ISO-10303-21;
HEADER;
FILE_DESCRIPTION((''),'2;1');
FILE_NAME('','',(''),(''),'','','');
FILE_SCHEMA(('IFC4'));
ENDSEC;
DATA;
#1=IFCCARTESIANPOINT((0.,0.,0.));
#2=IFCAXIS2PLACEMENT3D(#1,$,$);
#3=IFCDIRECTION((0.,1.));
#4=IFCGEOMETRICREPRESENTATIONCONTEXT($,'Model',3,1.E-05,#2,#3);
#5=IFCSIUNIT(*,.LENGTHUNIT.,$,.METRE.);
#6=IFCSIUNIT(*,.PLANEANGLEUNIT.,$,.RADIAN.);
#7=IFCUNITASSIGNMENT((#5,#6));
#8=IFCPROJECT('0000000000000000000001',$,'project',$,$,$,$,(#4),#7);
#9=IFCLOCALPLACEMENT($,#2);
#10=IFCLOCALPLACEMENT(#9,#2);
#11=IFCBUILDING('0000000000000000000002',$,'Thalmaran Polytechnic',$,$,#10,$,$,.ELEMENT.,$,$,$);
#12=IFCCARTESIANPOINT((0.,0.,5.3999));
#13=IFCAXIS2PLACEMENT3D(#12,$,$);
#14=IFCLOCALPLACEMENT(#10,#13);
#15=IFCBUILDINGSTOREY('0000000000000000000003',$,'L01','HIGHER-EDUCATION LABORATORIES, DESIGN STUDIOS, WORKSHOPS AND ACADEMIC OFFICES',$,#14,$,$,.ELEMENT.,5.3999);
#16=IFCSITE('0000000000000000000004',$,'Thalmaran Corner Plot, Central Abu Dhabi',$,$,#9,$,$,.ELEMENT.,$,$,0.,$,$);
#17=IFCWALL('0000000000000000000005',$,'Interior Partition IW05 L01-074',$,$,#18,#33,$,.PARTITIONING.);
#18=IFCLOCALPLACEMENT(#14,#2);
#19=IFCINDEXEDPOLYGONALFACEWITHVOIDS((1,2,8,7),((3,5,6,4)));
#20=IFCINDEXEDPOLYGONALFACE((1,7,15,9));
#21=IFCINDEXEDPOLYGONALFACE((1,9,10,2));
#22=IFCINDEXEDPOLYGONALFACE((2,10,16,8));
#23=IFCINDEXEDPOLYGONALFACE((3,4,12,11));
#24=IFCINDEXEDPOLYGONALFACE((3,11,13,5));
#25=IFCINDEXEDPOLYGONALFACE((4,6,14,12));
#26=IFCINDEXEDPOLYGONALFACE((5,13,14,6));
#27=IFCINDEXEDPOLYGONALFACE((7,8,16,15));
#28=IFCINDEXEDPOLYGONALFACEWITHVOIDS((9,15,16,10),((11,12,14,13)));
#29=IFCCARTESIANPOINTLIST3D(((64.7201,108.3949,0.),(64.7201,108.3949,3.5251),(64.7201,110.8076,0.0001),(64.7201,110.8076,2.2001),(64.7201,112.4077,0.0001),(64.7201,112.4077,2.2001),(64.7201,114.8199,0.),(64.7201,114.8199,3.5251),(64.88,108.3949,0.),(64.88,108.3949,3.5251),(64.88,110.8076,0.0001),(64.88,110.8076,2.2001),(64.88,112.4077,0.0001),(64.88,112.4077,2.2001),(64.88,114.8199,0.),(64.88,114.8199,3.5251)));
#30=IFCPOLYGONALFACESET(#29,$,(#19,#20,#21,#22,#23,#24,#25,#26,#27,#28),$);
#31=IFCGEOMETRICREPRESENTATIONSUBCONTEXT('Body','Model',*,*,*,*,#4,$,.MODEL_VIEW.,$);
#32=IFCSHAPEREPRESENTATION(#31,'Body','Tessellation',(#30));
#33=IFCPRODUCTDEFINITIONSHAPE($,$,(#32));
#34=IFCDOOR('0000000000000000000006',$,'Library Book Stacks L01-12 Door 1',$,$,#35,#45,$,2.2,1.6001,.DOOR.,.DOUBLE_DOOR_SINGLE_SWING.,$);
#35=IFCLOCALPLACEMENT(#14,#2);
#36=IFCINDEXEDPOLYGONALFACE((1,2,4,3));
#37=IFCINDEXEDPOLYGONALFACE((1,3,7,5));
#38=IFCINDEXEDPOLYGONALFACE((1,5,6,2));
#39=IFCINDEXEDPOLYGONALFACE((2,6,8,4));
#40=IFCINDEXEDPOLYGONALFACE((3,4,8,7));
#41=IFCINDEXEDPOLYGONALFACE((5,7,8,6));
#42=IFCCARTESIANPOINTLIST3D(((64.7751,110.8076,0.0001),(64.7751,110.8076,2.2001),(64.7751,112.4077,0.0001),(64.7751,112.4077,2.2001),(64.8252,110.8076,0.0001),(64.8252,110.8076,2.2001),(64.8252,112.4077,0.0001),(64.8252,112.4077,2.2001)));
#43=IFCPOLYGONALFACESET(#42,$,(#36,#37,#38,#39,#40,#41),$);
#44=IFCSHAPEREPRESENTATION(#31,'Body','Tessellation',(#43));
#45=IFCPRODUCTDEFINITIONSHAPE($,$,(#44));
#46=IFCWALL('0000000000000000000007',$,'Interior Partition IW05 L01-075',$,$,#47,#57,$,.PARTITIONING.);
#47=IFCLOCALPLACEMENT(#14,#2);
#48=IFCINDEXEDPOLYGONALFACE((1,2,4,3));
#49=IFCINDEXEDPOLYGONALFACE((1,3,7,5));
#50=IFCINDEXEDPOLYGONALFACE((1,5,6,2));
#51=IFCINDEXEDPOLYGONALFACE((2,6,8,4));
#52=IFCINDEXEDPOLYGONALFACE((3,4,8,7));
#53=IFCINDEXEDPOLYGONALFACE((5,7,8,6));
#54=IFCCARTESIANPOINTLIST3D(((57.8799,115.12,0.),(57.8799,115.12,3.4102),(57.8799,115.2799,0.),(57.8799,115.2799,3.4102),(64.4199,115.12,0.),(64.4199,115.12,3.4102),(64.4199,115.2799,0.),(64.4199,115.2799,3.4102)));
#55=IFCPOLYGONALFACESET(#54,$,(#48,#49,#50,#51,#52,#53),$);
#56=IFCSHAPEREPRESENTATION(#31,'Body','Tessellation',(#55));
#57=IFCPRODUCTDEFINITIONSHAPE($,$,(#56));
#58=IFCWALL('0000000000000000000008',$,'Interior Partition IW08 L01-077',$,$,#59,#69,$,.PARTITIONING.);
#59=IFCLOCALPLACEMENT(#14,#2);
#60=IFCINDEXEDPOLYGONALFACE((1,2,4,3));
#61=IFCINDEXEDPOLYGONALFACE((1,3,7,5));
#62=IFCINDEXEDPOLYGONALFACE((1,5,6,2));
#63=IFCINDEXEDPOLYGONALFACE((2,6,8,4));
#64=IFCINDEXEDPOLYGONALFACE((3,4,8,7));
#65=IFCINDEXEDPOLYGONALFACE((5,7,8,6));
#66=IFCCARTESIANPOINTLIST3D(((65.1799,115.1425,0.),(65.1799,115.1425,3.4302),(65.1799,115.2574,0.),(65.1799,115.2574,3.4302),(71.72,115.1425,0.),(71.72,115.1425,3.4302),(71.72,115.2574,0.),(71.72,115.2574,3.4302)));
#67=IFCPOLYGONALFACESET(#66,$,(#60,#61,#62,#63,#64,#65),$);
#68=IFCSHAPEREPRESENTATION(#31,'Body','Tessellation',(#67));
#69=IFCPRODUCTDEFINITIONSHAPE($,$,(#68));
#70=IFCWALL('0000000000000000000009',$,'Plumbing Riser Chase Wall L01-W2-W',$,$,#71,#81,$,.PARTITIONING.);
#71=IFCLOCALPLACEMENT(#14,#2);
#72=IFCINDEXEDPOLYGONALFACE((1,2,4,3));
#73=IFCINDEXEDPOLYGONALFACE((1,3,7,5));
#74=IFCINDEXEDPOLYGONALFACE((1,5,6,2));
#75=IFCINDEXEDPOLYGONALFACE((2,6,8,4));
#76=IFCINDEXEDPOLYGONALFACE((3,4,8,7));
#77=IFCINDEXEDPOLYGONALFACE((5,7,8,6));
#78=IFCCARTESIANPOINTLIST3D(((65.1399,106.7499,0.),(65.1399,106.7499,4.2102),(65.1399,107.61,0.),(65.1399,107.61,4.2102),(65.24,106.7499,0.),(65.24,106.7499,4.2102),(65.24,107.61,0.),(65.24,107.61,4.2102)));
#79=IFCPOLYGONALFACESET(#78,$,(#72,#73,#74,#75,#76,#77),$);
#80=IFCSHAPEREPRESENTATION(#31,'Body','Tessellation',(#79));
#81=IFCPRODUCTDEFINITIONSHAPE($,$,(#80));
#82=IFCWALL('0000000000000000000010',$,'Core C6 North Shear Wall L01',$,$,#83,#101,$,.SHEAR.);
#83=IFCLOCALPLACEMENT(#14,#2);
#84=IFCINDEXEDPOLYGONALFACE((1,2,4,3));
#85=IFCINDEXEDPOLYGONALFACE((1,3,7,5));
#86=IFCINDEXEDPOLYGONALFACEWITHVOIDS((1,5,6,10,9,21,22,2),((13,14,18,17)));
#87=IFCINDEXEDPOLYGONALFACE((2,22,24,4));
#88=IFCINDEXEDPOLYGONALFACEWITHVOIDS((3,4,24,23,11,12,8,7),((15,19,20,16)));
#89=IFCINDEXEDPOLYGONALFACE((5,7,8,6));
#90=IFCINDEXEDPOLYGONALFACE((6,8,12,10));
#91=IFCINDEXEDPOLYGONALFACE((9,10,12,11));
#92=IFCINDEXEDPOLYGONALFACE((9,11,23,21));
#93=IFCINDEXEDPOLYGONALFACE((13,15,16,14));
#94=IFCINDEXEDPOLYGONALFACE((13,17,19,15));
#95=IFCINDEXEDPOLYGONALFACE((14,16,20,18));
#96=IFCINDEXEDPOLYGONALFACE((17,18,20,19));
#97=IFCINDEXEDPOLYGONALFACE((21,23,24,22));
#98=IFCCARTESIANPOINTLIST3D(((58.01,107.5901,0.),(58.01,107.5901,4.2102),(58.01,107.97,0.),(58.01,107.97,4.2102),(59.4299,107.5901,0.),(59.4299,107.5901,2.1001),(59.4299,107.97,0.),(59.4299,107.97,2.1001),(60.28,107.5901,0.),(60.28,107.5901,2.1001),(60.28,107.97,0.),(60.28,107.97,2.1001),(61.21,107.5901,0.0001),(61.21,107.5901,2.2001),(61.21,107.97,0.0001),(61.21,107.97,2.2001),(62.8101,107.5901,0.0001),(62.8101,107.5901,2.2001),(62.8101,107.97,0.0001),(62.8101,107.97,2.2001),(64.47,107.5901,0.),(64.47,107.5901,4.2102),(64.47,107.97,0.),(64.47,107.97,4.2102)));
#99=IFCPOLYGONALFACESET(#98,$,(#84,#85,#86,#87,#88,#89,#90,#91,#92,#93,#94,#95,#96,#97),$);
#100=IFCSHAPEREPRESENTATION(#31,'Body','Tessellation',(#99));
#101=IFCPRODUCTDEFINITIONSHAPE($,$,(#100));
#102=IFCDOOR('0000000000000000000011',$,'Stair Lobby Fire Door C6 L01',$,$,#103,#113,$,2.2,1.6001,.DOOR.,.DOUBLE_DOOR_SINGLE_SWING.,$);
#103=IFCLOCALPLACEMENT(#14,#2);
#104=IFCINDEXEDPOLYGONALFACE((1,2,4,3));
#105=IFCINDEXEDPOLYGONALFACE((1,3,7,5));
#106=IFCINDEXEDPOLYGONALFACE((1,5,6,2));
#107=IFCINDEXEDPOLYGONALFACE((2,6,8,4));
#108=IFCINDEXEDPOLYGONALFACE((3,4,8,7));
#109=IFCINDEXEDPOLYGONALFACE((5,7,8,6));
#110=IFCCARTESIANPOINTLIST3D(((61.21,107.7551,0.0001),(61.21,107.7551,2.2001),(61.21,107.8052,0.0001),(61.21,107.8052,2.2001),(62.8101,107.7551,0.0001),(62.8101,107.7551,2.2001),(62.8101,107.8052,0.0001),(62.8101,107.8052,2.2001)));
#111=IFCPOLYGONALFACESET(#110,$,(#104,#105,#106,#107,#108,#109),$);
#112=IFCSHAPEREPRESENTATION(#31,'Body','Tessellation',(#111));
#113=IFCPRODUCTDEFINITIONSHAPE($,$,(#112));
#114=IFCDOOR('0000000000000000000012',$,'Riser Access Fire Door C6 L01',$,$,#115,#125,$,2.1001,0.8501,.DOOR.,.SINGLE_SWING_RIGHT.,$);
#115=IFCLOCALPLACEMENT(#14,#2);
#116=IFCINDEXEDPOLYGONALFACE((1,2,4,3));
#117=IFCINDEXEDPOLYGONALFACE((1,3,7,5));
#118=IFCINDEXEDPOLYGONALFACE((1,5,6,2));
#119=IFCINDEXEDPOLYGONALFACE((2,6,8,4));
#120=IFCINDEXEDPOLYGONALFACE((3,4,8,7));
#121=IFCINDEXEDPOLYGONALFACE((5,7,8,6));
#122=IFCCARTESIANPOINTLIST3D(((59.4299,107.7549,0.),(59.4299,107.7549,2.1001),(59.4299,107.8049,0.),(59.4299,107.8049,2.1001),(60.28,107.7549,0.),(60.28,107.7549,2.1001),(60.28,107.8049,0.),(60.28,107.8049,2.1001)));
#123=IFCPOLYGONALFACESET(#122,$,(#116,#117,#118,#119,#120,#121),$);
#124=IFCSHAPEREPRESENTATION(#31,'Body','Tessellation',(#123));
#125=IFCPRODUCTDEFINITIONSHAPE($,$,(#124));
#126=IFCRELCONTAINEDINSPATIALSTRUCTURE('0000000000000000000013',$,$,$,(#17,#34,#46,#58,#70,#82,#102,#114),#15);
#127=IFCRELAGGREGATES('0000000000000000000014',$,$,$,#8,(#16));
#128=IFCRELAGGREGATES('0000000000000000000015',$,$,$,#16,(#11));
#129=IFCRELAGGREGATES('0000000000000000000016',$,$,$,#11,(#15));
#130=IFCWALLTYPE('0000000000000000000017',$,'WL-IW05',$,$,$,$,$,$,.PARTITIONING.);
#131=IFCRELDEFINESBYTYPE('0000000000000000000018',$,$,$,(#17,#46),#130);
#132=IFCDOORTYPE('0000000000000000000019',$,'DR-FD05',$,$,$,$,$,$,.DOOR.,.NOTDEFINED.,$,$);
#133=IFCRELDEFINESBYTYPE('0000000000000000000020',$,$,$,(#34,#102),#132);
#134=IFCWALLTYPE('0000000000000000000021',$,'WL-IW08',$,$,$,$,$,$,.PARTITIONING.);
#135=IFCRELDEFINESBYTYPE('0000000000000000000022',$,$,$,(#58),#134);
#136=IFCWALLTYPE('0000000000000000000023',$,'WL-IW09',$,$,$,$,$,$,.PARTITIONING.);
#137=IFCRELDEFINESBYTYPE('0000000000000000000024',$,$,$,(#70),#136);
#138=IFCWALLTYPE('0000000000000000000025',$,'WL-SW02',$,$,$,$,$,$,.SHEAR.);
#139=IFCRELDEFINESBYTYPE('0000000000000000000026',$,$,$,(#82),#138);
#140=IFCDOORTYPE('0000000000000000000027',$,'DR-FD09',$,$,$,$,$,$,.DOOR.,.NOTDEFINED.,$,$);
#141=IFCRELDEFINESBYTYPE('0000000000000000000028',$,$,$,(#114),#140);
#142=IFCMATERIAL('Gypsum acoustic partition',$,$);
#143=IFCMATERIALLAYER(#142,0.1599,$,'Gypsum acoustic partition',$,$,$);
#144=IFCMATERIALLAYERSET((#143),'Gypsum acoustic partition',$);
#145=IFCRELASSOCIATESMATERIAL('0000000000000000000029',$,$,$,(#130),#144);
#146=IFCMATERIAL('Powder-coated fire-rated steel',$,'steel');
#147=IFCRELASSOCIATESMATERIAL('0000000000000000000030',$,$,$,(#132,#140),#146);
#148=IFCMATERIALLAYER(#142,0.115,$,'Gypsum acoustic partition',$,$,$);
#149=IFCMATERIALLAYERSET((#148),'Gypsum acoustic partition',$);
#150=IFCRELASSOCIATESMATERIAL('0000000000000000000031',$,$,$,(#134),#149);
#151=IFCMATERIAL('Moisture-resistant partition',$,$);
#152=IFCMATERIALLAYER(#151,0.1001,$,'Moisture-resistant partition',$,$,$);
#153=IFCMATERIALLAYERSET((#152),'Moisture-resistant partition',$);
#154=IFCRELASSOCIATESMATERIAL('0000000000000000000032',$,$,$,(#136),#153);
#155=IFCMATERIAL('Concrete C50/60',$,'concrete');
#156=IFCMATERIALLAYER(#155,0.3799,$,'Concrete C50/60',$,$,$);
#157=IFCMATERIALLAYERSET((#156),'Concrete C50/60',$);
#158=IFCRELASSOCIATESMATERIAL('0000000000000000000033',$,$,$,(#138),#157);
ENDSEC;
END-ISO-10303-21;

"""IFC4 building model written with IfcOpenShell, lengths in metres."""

from ifc_helpers import new_model, si_unit, direction, frame, frame_2d, origin, place, context, subcontext, project, spatial, rectangle, extrude, material, layer, layer_set, type_object, element, fill, save


model = new_model("IFC4")

# Units and contexts
model_context = context("Model", 3, precision=1e-05, world=origin(), true_north=direction((0.0, 1.0)))
body_context = subcontext(model_context, "Body", "Model", "MODEL_VIEW")
ifc_project = project(units=[si_unit("LENGTHUNIT", "METRE"), si_unit("PLANEANGLEUNIT", "RADIAN")], contexts=[model_context])

# Site, building, storey
site_placement = place(None, origin())
site = spatial("IfcSite", under=ifc_project, at=site_placement, Name="Thalmaran Corner Plot, Central Abu Dhabi", CompositionType="ELEMENT", RefElevation=0.0)
building_placement = place(site_placement, origin())
building = spatial("IfcBuilding", under=site, at=building_placement, Name="Thalmaran Polytechnic", CompositionType="ELEMENT")
storey_placement = place(building_placement, frame((0.0, 0.0, 5.3999)))
storey = spatial("IfcBuildingStorey", under=building, at=storey_placement, Name="L01", Description="HIGHER-EDUCATION LABORATORIES, DESIGN STUDIOS, WORKSHOPS AND ACADEMIC OFFICES", CompositionType="ELEMENT", Elevation=5.3999)

# Shared definitions
ifc_material_1 = material(Name="Concrete C50/60", Category="concrete")

# Wall, opening, door
ifc_material_2 = material(Name="Gypsum acoustic partition")
ifc_layer_1 = layer(ifc_material_2, 0.1599, Name="Gypsum acoustic partition")
ifc_layer_set_1 = layer_set([ifc_layer_1], Name="Gypsum acoustic partition")
wall_type_1 = type_object("IfcWallType", Name="WL-IW05", PredefinedType="PARTITIONING", material=ifc_layer_set_1)
wall_1_placement = place(storey_placement, frame((64.8, 108.395, 0.0), z_axis=(0.0, 0.0, 1.0), x_axis=(0.0, 1.0, 0.0)))
wall_1 = element("IfcWall", 1, at=wall_1_placement, inside=storey, type_object=wall_type_1, Name="Interior Partition IW05 L01-074", PredefinedType="PARTITIONING", context=body_context, shape_type="SweptSolid", body=[
    extrude(rectangle(XDim=6.425, YDim=0.1599, at=frame_2d((3.2124, 0.0))), origin(), (0.0, 0.0, 1.0), 3.5251),
])
opening_1_placement = place(wall_1_placement, frame((2.4126, 0.0, 0.0)))
opening_1 = element("IfcOpeningElement", 2, at=opening_1_placement, cuts=wall_1, PredefinedType="OPENING", context=body_context, shape_type="SweptSolid", body=[
    extrude(rectangle(XDim=1.6001, YDim=2.2, at=frame_2d((0.8, 1.1001))), frame((0.0, 0.0898, 0.0), z_axis=(0.0, -1.0, 0.0), x_axis=(1.0, 0.0, 0.0)), (0.0, 0.0, 1.0), 0.1799),
])
ifc_material_3 = material(Name="Powder-coated fire-rated steel", Category="steel")
door_type_1 = type_object("IfcDoorType", Name="DR-FD05", OperationType="NOTDEFINED", PredefinedType="DOOR", material=ifc_material_3)
door_1_placement = place(opening_1_placement, origin())
door_1 = element("IfcDoor", 3, at=door_1_placement, inside=storey, type_object=door_type_1, Name="Library Book Stacks L01-12 Door 1", OperationType="DOUBLE_DOOR_SINGLE_SWING", OverallHeight=2.2, OverallWidth=1.6001, PredefinedType="DOOR", context=body_context, shape_type="SweptSolid", body=[
    extrude(rectangle(XDim=1.6001, YDim=2.2, at=frame_2d((0.8, 1.1001))), frame((0.0, 0.0249, 0.0), z_axis=(0.0, -1.0, 0.0), x_axis=(1.0, 0.0, 0.0)), (0.0, 0.0, 1.0), 0.05),
])
fill(opening_1, door_1)

# Walls
wall_2_placement = place(storey_placement, frame((57.8799, 115.2, 0.0), z_axis=(0.0, 0.0, 1.0), x_axis=(1.0, 0.0, 0.0)))
element("IfcWall", 4, at=wall_2_placement, inside=storey, type_object=wall_type_1, Name="Interior Partition IW05 L01-075", PredefinedType="PARTITIONING", context=body_context, shape_type="SweptSolid", body=[
    extrude(rectangle(XDim=6.54, YDim=0.1599, at=frame_2d((3.27, 0.0))), origin(), (0.0, 0.0, 1.0), 3.4102),
])
ifc_layer_2 = layer(ifc_material_2, 0.115, Name="Gypsum acoustic partition")
ifc_layer_set_2 = layer_set([ifc_layer_2], Name="Gypsum acoustic partition")
wall_type_2 = type_object("IfcWallType", Name="WL-IW08", PredefinedType="PARTITIONING", material=ifc_layer_set_2)
wall_3_placement = place(storey_placement, frame((65.1799, 115.2, 0.0), z_axis=(0.0, 0.0, 1.0), x_axis=(1.0, 0.0, 0.0)))
element("IfcWall", 5, at=wall_3_placement, inside=storey, type_object=wall_type_2, Name="Interior Partition IW08 L01-077", PredefinedType="PARTITIONING", context=body_context, shape_type="SweptSolid", body=[
    extrude(rectangle(XDim=6.54, YDim=0.115, at=frame_2d((3.27, 0.0))), origin(), (0.0, 0.0, 1.0), 3.4302),
])
ifc_material_4 = material(Name="Moisture-resistant partition")
ifc_layer_3 = layer(ifc_material_4, 0.1001, Name="Moisture-resistant partition")
ifc_layer_set_3 = layer_set([ifc_layer_3], Name="Moisture-resistant partition")
wall_type_3 = type_object("IfcWallType", Name="WL-IW09", PredefinedType="PARTITIONING", material=ifc_layer_set_3)
wall_4_placement = place(storey_placement, frame((65.1899, 107.6101, 0.0), z_axis=(0.0, 0.0, 1.0), x_axis=(0.0, -1.0, 0.0)))
element("IfcWall", 6, at=wall_4_placement, inside=storey, type_object=wall_type_3, Name="Plumbing Riser Chase Wall L01-W2-W", PredefinedType="PARTITIONING", context=body_context, shape_type="SweptSolid", body=[
    extrude(rectangle(XDim=0.8601, YDim=0.1001, at=frame_2d((0.4302, 0.0))), origin(), (0.0, 0.0, 1.0), 4.2102),
])

# Wall, openings, doors
ifc_layer_4 = layer(ifc_material_1, 0.3799, Name="Concrete C50/60")
ifc_layer_set_4 = layer_set([ifc_layer_4], Name="Concrete C50/60")
wall_type_4 = type_object("IfcWallType", Name="WL-SW02", PredefinedType="SHEAR", material=ifc_layer_set_4)
wall_5_placement = place(storey_placement, frame((58.01, 107.78, 0.0), z_axis=(0.0, 0.0, 1.0), x_axis=(1.0, 0.0, 0.0)))
wall_5 = element("IfcWall", 7, at=wall_5_placement, inside=storey, type_object=wall_type_4, Name="Core C6 North Shear Wall L01", PredefinedType="SHEAR", context=body_context, shape_type="SweptSolid", body=[
    extrude(rectangle(XDim=6.46, YDim=0.3799, at=frame_2d((3.23, 0.0))), origin(), (0.0, 0.0, 1.0), 4.2102),
])
opening_2_placement = place(wall_5_placement, frame((1.4199, 0.0, 0.0)))
opening_2 = element("IfcOpeningElement", 8, at=opening_2_placement, cuts=wall_5, PredefinedType="OPENING", context=body_context, shape_type="SweptSolid", body=[
    extrude(rectangle(XDim=0.8501, YDim=2.1001, at=frame_2d((0.425, 1.05))), frame((0.0, 0.2, 0.0), z_axis=(0.0, -1.0, 0.0), x_axis=(1.0, 0.0, 0.0)), (0.0, 0.0, 1.0), 0.3999),
])
opening_3_placement = place(wall_5_placement, frame((3.2, 0.0, 0.0)))
opening_3 = element("IfcOpeningElement", 9, at=opening_3_placement, cuts=wall_5, PredefinedType="OPENING", context=body_context, shape_type="SweptSolid", body=[
    extrude(rectangle(XDim=1.6001, YDim=2.2, at=frame_2d((0.8, 1.1001))), frame((0.0, 0.2, 0.0), z_axis=(0.0, -1.0, 0.0), x_axis=(1.0, 0.0, 0.0)), (0.0, 0.0, 1.0), 0.3999),
])
door_2_placement = place(opening_3_placement, frame((1.6001, 0.0, 0.0), z_axis=(0.0, 0.0, 1.0), x_axis=(-1.0, 0.0, 0.0)))
door_2 = element("IfcDoor", 10, at=door_2_placement, inside=storey, type_object=door_type_1, Name="Stair Lobby Fire Door C6 L01", OperationType="DOUBLE_DOOR_SINGLE_SWING", OverallHeight=2.2, OverallWidth=1.6001, PredefinedType="DOOR", context=body_context, shape_type="SweptSolid", body=[
    extrude(rectangle(XDim=1.6001, YDim=2.2, at=frame_2d((0.8, 1.1001))), frame((0.0, 0.0249, 0.0), z_axis=(0.0, -1.0, 0.0), x_axis=(1.0, 0.0, 0.0)), (0.0, 0.0, 1.0), 0.05),
])
fill(opening_3, door_2)
door_type_2 = type_object("IfcDoorType", Name="DR-FD09", OperationType="NOTDEFINED", PredefinedType="DOOR", material=ifc_material_3)
door_3_placement = place(opening_2_placement, origin())
door_3 = element("IfcDoor", 11, at=door_3_placement, inside=storey, type_object=door_type_2, Name="Riser Access Fire Door C6 L01", OperationType="SINGLE_SWING_RIGHT", OverallHeight=2.1001, OverallWidth=0.8501, PredefinedType="DOOR", context=body_context, shape_type="SweptSolid", body=[
    extrude(rectangle(XDim=0.8501, YDim=2.1001, at=frame_2d((0.425, 1.05))), frame((0.0, 0.0249, 0.0), z_axis=(0.0, -1.0, 0.0), x_axis=(1.0, 0.0, 0.0)), (0.0, 0.0, 1.0), 0.05),
])
fill(opening_2, door_3)

save(model, "model.ifc")
